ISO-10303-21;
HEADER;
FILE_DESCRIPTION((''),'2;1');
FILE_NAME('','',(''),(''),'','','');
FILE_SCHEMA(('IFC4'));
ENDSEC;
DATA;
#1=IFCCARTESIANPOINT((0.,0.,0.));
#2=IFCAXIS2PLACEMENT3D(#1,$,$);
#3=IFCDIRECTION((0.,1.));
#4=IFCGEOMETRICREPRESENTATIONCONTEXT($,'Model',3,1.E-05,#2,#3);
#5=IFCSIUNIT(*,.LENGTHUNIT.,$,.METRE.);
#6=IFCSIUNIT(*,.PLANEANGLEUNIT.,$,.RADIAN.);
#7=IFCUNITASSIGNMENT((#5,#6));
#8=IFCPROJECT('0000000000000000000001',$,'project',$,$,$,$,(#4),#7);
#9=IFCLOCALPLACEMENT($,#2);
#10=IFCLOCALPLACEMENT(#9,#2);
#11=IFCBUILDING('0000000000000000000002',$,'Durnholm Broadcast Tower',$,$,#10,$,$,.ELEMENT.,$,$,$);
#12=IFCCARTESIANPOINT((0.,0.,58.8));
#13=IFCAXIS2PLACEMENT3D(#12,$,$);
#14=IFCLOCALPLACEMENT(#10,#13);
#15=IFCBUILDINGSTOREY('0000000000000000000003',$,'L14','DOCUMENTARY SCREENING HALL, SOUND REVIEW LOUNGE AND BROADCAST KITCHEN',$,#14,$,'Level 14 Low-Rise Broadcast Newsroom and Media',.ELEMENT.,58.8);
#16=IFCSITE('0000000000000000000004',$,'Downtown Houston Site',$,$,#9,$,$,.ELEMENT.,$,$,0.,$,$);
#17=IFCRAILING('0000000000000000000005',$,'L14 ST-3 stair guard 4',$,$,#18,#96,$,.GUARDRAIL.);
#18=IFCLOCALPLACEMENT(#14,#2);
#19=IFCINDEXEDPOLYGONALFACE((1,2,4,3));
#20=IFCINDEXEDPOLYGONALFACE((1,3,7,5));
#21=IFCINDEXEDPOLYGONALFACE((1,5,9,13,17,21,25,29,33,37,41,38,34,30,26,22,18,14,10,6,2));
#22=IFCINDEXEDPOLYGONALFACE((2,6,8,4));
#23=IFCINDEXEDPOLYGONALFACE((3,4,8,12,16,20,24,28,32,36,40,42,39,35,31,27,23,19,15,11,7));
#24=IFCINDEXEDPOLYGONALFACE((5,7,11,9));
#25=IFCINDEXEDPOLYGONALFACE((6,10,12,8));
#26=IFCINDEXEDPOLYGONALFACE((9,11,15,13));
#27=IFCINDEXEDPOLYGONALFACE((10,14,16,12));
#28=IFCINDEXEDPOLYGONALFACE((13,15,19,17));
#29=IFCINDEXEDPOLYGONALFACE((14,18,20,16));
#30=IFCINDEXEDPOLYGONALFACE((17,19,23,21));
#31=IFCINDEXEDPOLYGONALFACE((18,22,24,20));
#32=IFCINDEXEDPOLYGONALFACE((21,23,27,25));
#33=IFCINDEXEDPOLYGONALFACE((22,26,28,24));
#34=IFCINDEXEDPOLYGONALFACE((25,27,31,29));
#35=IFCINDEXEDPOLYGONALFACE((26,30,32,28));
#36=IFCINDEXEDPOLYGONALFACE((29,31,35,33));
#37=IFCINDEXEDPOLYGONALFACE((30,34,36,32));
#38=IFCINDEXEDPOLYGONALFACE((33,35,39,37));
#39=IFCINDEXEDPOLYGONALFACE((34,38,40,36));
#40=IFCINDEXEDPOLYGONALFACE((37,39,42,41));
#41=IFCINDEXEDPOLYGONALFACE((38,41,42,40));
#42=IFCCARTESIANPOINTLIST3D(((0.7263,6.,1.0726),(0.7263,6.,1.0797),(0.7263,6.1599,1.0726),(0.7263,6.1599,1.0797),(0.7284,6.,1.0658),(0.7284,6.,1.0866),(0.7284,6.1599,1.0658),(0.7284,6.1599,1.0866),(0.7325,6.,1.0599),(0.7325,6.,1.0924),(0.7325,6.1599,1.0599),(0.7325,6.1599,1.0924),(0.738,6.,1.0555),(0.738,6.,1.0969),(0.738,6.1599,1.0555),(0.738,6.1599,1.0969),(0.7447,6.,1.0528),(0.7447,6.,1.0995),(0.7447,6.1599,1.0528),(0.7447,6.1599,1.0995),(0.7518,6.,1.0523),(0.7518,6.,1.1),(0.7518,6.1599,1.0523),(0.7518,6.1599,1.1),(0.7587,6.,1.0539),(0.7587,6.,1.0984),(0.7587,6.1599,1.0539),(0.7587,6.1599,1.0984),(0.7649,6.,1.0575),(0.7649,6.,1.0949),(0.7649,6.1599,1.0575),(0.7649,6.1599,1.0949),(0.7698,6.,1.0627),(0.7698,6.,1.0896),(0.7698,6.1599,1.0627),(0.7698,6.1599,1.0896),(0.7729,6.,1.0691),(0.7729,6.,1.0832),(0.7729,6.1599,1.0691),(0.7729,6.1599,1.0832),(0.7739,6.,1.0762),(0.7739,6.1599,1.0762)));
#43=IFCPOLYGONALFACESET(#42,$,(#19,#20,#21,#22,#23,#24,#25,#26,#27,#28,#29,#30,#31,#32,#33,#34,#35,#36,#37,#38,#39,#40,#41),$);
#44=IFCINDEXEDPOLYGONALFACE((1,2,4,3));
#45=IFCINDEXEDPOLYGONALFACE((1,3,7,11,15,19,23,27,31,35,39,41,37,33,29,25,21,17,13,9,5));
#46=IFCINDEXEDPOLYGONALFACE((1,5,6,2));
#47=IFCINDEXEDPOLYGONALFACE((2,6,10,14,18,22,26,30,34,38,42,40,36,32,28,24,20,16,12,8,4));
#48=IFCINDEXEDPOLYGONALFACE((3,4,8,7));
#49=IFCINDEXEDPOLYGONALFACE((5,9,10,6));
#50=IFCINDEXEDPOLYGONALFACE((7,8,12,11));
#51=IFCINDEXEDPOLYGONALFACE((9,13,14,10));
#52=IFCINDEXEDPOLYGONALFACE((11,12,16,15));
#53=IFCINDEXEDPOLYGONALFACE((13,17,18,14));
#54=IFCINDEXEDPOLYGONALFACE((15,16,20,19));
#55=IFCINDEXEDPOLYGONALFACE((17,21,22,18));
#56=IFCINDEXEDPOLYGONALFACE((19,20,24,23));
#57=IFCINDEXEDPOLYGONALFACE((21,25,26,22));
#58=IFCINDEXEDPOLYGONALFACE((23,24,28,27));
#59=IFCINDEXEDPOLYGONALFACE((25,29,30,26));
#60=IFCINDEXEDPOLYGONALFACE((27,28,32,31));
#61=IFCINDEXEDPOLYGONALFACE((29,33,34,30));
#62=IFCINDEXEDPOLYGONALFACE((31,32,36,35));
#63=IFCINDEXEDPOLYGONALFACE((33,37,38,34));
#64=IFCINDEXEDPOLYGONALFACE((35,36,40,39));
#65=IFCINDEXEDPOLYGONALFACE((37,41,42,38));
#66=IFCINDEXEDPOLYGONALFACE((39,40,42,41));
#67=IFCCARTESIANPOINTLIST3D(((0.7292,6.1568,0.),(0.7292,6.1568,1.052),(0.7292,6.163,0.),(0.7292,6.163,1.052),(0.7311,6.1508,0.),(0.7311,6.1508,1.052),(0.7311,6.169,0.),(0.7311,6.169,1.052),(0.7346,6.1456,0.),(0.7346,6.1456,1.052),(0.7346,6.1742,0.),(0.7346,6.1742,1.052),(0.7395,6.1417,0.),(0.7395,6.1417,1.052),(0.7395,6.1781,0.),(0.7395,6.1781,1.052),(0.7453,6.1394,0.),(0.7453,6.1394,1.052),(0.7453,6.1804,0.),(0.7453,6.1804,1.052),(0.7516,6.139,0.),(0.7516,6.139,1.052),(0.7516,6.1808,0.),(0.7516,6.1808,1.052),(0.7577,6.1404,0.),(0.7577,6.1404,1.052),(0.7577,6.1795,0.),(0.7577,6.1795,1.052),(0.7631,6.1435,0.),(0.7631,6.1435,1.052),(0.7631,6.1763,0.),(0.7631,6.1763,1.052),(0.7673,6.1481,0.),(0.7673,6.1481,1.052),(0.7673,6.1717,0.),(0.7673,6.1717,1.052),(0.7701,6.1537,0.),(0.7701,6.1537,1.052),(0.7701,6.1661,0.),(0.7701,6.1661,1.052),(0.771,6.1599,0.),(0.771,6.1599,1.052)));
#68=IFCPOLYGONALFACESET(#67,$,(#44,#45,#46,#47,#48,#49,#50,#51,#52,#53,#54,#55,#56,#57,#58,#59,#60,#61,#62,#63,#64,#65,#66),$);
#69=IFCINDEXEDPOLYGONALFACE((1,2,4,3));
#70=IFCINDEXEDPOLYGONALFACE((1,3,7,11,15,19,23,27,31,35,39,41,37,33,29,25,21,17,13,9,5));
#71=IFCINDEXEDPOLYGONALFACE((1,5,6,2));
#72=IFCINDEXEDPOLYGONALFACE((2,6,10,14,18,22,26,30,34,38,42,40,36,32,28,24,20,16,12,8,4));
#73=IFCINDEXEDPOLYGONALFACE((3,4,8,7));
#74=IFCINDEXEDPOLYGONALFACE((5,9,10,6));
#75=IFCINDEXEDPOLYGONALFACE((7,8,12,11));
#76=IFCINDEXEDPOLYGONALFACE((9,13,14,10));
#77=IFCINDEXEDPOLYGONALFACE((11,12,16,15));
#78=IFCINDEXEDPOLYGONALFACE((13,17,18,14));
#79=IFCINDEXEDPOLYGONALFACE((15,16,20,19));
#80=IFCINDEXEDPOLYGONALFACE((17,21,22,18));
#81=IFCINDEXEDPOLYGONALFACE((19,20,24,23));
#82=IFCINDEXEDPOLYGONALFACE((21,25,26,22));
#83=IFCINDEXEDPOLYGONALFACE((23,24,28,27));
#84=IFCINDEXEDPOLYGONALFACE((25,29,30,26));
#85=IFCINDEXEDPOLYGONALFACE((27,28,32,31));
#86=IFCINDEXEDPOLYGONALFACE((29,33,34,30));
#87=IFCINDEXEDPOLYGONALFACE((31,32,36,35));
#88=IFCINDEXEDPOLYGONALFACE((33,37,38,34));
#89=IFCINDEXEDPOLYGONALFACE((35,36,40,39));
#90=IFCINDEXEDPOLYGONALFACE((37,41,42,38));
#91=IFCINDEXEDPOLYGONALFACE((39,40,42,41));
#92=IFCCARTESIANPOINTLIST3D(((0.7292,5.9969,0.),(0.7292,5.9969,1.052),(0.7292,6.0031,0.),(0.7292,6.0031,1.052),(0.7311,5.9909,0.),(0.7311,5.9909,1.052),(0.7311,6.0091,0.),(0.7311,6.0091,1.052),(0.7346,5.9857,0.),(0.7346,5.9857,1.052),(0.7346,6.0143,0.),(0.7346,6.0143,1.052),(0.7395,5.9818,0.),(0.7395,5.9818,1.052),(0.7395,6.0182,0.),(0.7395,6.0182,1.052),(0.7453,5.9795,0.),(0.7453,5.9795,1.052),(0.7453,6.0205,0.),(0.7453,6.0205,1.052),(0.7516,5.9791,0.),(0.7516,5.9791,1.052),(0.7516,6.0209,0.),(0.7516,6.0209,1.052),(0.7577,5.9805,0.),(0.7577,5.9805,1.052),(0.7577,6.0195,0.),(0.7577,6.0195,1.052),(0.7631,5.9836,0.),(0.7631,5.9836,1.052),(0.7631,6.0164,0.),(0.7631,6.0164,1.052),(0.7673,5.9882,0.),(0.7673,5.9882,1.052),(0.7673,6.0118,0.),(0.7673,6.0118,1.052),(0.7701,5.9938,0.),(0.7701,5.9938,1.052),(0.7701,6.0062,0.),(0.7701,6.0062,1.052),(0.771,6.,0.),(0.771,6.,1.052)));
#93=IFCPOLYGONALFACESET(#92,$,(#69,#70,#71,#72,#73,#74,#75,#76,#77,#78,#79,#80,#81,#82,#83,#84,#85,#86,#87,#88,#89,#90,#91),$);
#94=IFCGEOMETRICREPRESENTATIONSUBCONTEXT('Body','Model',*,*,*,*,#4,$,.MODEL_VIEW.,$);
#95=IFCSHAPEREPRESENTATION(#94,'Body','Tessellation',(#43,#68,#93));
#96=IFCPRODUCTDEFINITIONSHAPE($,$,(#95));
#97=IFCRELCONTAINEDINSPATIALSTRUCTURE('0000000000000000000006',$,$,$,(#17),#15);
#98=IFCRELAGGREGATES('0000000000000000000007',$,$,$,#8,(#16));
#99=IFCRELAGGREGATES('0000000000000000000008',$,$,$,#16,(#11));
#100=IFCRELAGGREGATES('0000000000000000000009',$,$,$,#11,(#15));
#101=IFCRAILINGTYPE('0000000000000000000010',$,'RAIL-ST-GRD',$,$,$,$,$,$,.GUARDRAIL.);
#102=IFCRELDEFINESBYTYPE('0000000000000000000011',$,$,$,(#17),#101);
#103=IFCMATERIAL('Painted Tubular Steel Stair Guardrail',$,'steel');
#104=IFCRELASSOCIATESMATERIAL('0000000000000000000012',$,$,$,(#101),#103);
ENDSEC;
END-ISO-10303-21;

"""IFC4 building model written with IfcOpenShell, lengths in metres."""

from ifc_helpers import new_model, si_unit, direction, frame, origin, origin_2d, place, context, subcontext, project, spatial, circle, extrude, material, type_object, element, save


model = new_model("IFC4")

# Units and contexts
model_context = context("Model", 3, precision=1e-05, world=origin(), true_north=direction((0.0, 1.0)))
body_context = subcontext(model_context, "Body", "Model", "MODEL_VIEW")
ifc_project = project(units=[si_unit("LENGTHUNIT", "METRE"), si_unit("PLANEANGLEUNIT", "RADIAN")], contexts=[model_context])

# Site, building, storey
site_placement = place(None, origin())
site = spatial("IfcSite", under=ifc_project, at=site_placement, Name="Downtown Houston Site", CompositionType="ELEMENT", RefElevation=0.0)
building_placement = place(site_placement, origin())
building = spatial("IfcBuilding", under=site, at=building_placement, Name="Durnholm Broadcast Tower", CompositionType="ELEMENT")
storey_placement = place(building_placement, frame((0.0, 0.0, 58.8)))
storey = spatial("IfcBuildingStorey", under=building, at=storey_placement, Name="L14", Description="DOCUMENTARY SCREENING HALL, SOUND REVIEW LOUNGE AND BROADCAST KITCHEN", LongName="Level 14 Low-Rise Broadcast Newsroom and Media", CompositionType="ELEMENT", Elevation=58.8)

# Railing
ifc_material_1 = material(Name="Painted Tubular Steel Stair Guardrail", Category="steel")
railing_type_1 = type_object("IfcRailingType", Name="RAIL-ST-GRD", PredefinedType="GUARDRAIL", material=ifc_material_1)
railing_1_placement = place(storey_placement, frame((0.75, 6.1599, 0.0)))
element("IfcRailing", 1, at=railing_1_placement, inside=storey, type_object=railing_type_1, Name="L14 ST-3 stair guard 4", PredefinedType="GUARDRAIL", context=body_context, shape_type="SweptSolid", body=[
    extrude(circle(Radius=0.0239, at=origin_2d()), frame((0.0, 0.0, 1.0762), z_axis=(0.0, -1.0, 0.0), x_axis=(1.0, 0.0, 0.0)), (0.0, 0.0, 1.0), 0.1599),
    extrude(circle(Radius=0.021, at=origin_2d()), origin(), (0.0, 0.0, 1.0), 1.052),
    extrude(circle(Radius=0.021, at=origin_2d()), frame((0.0, -0.1599, 0.0)), (0.0, 0.0, 1.0), 1.052),
])

save(model, "model.ifc")
